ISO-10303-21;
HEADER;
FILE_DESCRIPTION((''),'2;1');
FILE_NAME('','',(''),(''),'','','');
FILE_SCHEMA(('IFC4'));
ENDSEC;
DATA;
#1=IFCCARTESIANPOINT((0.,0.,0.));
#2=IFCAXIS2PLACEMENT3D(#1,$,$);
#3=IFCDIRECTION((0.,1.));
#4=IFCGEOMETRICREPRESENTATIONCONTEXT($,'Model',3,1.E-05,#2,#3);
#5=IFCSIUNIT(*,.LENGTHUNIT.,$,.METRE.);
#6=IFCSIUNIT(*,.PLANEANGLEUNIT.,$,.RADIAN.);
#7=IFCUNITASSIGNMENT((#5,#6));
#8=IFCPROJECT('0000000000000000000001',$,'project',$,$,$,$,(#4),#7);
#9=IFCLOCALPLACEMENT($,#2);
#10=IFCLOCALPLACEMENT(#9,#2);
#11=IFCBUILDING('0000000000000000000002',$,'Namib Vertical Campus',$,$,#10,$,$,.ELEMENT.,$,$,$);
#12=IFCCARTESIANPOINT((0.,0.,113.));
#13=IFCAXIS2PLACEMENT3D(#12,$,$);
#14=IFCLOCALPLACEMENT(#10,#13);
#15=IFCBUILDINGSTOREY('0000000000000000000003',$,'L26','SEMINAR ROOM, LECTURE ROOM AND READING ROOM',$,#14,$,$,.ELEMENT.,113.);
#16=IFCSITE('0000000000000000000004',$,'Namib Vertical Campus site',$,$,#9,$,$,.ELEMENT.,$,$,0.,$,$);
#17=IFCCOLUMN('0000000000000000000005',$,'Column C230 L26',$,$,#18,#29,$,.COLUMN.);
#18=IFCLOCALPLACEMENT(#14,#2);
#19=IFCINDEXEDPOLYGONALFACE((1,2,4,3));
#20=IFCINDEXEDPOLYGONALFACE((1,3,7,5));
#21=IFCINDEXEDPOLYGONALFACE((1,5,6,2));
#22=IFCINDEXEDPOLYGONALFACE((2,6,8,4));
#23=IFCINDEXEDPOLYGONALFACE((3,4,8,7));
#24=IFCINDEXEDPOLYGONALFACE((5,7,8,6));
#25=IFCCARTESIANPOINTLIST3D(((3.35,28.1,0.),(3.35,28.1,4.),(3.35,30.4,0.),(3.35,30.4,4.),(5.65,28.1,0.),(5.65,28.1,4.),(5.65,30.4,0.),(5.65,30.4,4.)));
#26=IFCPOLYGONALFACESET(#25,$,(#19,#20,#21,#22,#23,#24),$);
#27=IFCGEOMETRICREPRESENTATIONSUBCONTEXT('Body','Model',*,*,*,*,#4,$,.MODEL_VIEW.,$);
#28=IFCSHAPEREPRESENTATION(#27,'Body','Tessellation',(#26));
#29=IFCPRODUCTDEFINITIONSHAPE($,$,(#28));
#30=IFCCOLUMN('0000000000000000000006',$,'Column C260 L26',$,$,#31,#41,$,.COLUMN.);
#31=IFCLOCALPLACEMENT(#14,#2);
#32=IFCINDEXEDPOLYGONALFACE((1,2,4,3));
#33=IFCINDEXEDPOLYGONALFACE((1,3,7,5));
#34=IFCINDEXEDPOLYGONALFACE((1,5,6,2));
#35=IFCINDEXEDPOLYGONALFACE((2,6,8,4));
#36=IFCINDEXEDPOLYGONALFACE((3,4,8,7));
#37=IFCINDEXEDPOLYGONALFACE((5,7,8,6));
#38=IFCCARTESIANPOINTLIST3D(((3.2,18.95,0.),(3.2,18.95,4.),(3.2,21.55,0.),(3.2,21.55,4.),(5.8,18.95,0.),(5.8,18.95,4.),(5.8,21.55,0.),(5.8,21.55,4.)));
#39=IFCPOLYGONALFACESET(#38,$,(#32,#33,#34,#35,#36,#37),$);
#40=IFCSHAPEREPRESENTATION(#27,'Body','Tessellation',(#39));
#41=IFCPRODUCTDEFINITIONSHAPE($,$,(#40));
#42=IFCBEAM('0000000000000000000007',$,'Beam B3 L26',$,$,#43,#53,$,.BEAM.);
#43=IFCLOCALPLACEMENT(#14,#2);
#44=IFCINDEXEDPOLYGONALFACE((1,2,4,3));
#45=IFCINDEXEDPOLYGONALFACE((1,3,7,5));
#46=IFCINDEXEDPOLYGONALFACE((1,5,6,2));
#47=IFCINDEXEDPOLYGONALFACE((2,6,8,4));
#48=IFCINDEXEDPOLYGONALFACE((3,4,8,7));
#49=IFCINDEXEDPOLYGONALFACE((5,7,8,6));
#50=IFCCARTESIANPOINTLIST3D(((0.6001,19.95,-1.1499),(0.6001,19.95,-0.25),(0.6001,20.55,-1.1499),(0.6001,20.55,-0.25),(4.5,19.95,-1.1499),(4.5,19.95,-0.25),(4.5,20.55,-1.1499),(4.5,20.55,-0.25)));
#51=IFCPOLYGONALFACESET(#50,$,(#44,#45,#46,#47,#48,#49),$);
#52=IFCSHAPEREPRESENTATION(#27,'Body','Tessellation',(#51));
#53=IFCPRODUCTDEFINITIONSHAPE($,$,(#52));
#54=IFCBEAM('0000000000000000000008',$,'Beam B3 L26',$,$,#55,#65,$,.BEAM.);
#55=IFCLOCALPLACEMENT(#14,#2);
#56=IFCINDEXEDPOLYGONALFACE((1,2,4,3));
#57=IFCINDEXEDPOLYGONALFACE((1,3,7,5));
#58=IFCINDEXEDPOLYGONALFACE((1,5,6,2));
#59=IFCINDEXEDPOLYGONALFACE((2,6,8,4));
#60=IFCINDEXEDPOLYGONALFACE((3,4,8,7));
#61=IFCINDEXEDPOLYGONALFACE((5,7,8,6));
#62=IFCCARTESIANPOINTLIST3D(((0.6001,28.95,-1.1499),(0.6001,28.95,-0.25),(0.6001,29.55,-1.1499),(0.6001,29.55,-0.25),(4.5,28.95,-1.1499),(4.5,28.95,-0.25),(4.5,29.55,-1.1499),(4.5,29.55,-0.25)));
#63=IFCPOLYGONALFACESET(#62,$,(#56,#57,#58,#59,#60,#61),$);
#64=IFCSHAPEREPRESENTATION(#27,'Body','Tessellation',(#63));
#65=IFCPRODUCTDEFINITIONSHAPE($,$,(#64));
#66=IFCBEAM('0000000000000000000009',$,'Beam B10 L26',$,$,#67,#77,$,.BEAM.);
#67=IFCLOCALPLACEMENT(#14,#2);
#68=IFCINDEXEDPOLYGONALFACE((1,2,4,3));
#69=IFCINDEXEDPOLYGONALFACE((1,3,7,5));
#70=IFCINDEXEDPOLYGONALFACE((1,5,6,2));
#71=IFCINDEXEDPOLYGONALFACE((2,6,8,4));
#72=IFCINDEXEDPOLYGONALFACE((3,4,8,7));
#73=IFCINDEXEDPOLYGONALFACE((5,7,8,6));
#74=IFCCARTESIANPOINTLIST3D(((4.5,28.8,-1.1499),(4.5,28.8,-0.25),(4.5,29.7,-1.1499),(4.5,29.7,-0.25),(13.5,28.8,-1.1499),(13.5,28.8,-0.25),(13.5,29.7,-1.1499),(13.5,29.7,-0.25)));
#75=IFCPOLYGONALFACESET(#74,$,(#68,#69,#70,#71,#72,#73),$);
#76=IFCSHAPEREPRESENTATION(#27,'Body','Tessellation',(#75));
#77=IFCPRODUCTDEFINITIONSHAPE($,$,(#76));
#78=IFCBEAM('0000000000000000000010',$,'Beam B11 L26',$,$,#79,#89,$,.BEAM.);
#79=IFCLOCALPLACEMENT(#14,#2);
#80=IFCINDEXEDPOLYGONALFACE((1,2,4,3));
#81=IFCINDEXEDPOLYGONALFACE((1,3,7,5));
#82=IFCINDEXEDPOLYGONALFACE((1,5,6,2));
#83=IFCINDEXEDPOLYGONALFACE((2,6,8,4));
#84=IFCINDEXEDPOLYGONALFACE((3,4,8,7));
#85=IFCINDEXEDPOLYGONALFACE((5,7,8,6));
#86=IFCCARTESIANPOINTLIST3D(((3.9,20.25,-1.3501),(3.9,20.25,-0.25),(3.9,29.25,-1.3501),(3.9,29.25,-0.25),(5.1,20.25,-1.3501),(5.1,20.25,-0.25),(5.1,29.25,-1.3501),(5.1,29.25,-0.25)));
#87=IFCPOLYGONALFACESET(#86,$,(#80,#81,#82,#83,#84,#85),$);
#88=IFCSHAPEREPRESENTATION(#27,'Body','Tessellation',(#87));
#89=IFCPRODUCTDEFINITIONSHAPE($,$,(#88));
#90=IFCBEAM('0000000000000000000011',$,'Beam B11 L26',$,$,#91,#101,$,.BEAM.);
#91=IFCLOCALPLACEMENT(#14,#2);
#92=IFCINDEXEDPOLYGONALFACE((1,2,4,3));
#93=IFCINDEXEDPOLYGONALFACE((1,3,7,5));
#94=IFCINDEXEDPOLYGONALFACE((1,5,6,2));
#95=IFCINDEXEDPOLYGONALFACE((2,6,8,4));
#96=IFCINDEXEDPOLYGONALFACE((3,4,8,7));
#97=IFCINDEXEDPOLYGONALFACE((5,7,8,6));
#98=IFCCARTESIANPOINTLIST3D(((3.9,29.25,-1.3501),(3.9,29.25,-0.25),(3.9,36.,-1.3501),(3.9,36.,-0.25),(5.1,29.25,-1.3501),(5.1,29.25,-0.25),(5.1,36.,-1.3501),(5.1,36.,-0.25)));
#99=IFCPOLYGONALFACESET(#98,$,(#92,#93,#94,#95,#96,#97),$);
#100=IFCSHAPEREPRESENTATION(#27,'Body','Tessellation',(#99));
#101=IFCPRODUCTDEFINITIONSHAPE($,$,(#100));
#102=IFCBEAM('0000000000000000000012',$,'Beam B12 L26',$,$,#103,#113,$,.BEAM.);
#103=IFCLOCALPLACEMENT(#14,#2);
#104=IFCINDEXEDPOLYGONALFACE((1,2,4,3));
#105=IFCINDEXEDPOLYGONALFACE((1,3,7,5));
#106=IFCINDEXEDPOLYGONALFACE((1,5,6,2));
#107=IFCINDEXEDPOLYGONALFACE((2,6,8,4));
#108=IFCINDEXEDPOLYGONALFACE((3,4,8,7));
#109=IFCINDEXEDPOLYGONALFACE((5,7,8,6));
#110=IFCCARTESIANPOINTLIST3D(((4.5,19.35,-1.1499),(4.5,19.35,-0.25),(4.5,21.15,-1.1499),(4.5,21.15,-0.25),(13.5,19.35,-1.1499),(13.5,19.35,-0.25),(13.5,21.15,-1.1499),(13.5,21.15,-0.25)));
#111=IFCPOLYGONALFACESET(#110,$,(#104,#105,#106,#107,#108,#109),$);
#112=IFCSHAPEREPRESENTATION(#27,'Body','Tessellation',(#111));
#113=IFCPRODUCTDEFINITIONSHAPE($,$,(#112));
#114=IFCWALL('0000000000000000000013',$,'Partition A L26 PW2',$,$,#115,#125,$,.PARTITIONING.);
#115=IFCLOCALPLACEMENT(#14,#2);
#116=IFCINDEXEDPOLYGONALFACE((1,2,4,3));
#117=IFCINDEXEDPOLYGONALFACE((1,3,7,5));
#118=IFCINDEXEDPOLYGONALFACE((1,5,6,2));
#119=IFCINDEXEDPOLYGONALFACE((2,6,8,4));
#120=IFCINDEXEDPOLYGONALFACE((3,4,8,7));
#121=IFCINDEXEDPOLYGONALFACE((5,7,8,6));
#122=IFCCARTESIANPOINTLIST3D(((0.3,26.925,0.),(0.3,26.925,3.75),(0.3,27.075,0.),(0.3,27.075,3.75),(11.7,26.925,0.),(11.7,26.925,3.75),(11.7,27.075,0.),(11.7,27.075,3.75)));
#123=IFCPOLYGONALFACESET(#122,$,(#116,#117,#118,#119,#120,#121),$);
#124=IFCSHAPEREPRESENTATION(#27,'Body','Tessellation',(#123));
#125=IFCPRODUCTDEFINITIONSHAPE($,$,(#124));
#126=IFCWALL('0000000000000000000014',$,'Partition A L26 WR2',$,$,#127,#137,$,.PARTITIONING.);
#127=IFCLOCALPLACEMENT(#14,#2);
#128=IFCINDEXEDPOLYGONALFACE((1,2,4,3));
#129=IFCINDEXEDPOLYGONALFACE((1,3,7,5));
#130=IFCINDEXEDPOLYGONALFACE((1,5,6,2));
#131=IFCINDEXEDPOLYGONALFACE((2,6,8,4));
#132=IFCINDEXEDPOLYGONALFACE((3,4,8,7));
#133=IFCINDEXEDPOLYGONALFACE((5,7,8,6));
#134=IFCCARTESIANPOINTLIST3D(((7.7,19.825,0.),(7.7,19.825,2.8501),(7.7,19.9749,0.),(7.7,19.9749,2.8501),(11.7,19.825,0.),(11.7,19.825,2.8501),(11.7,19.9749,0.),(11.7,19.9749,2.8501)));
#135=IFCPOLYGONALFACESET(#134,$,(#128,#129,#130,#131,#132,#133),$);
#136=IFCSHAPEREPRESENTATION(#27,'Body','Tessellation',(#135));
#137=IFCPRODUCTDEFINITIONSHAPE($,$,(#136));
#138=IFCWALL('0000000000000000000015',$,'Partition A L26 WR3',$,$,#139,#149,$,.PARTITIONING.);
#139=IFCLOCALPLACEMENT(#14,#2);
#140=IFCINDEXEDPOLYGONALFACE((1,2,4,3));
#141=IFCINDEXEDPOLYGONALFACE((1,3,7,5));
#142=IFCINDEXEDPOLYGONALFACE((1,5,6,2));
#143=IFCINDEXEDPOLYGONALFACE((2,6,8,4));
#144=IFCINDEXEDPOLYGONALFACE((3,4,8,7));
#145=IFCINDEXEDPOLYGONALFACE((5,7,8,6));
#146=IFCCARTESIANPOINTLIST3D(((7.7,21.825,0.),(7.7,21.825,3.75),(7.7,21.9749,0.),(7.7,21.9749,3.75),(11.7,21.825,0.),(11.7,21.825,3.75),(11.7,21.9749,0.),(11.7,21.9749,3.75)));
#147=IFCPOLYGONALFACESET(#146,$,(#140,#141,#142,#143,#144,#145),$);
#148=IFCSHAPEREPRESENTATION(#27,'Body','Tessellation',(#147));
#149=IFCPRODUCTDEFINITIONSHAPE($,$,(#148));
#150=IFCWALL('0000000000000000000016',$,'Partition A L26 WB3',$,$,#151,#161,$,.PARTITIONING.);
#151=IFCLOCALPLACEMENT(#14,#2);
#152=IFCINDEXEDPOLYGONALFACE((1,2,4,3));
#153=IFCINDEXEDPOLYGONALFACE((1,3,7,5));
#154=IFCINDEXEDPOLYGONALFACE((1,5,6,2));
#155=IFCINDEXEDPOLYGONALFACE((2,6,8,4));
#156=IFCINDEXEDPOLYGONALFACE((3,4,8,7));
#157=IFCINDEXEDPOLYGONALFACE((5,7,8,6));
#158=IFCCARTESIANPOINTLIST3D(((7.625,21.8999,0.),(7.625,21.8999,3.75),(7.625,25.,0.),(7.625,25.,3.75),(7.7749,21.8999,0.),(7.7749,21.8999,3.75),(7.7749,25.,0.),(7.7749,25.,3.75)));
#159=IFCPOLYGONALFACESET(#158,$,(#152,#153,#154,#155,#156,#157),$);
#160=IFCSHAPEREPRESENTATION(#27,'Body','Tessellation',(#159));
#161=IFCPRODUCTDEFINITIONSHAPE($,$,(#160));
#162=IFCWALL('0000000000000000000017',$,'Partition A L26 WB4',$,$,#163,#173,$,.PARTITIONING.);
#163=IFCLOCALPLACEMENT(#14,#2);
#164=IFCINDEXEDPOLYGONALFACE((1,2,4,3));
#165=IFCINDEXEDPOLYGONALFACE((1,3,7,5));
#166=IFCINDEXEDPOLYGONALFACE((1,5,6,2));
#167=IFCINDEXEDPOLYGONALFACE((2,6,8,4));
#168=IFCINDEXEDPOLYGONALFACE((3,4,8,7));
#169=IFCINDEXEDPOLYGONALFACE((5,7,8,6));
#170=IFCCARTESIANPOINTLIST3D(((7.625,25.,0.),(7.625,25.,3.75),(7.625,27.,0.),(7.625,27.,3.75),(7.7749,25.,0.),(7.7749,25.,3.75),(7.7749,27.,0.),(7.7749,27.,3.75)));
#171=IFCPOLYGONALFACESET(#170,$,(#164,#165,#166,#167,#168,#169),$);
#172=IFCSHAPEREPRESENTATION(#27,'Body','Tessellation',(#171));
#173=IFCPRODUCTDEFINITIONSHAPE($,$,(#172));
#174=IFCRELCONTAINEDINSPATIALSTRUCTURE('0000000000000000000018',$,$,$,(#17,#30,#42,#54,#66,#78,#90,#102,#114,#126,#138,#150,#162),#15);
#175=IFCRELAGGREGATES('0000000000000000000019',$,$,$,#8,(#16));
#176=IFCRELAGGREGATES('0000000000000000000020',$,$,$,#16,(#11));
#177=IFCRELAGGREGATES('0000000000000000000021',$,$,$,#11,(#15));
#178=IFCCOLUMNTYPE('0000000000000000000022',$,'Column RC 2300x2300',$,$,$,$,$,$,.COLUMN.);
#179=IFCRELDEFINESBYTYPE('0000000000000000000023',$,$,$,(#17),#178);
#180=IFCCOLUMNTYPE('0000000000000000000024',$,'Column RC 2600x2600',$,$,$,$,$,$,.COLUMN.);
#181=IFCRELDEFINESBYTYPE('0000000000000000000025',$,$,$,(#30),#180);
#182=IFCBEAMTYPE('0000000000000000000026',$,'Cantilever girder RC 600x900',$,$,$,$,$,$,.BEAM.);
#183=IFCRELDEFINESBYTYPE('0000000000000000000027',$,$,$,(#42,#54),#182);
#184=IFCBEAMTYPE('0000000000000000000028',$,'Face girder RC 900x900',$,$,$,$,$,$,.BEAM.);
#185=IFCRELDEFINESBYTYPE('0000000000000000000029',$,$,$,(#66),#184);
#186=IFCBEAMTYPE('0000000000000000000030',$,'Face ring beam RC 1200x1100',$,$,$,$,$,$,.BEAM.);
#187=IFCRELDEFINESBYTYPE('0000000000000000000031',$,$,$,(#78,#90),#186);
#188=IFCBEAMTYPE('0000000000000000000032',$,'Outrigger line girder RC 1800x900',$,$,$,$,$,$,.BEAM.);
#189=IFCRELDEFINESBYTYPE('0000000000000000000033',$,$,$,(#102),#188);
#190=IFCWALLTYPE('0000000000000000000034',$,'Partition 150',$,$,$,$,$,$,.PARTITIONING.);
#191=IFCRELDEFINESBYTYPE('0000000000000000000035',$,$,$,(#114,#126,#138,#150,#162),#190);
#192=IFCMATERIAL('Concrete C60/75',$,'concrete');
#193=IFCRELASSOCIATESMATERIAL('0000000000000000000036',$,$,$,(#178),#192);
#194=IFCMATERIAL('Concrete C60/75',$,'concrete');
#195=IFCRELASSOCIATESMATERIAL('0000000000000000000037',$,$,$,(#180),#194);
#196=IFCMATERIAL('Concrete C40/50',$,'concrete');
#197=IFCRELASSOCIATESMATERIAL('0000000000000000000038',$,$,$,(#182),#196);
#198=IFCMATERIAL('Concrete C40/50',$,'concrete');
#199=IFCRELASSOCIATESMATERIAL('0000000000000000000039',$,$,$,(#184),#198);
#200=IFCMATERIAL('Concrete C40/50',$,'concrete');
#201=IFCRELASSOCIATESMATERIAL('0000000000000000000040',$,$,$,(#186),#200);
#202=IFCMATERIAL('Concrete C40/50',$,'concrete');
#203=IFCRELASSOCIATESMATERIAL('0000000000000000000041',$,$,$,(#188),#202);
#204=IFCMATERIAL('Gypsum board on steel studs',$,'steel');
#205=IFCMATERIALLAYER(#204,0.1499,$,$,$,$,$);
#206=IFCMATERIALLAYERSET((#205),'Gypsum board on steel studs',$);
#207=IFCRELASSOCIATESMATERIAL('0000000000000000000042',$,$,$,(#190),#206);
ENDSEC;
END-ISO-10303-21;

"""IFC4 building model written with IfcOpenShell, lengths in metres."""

from ifc_helpers import new_model, si_unit, direction, frame, frame_2d, origin, origin_2d, place, context, subcontext, project, spatial, rectangle, extrude, material, layer, layer_set, material_profile, profile_set, type_object, element, save


model = new_model("IFC4")

# Units and contexts
model_context = context("Model", 3, precision=1e-05, world=origin(), true_north=direction((0.0, 1.0)))
body_context = subcontext(model_context, "Body", "Model", "MODEL_VIEW")
ifc_project = project(units=[si_unit("LENGTHUNIT", "METRE"), si_unit("PLANEANGLEUNIT", "RADIAN")], contexts=[model_context])

# Site, building, storey
site_placement = place(None, origin())
site = spatial("IfcSite", under=ifc_project, at=site_placement, Name="Namib Vertical Campus site", CompositionType="ELEMENT", RefElevation=0.0)
building_placement = place(site_placement, origin())
building = spatial("IfcBuilding", under=site, at=building_placement, Name="Namib Vertical Campus", CompositionType="ELEMENT")
storey_placement = place(building_placement, frame((0.0, 0.0, 113.0)))
storey = spatial("IfcBuildingStorey", under=building, at=storey_placement, Name="L26", Description="SEMINAR ROOM, LECTURE ROOM AND READING ROOM", CompositionType="ELEMENT", Elevation=113.0)

# Columns
ifc_material_1 = material(Name="Concrete C60/75", Category="concrete")
ifc_material_profile_1 = material_profile(ifc_material_1, rectangle(XDim=2.3, YDim=2.3, at=origin_2d()))
ifc_profile_set_1 = profile_set([ifc_material_profile_1], Name="Concrete C60/75")
column_type_1 = type_object("IfcColumnType", Name="Column RC 2300x2300", PredefinedType="COLUMN", material=ifc_profile_set_1)
column_1_placement = place(storey_placement, frame((4.5, 29.25, 0.0), z_axis=(0.0, 0.0, 1.0), x_axis=(1.0, 0.0, 0.0)))
element("IfcColumn", 1, at=column_1_placement, inside=storey, type_object=column_type_1, Name="Column C230 L26", PredefinedType="COLUMN", context=body_context, shape_type="SweptSolid", body=[
    extrude(rectangle(XDim=2.3, YDim=2.3, at=origin_2d()), origin(), (0.0, 0.0, 1.0), 4.0),
])
ifc_material_2 = material(Name="Concrete C60/75", Category="concrete")
ifc_material_profile_2 = material_profile(ifc_material_2, rectangle(XDim=2.6001, YDim=2.6001, at=origin_2d()))
ifc_profile_set_2 = profile_set([ifc_material_profile_2], Name="Concrete C60/75")
column_type_2 = type_object("IfcColumnType", Name="Column RC 2600x2600", PredefinedType="COLUMN", material=ifc_profile_set_2)
column_2_placement = place(storey_placement, frame((4.5, 20.25, 0.0), z_axis=(0.0, 0.0, 1.0), x_axis=(1.0, 0.0, 0.0)))
element("IfcColumn", 2, at=column_2_placement, inside=storey, type_object=column_type_2, Name="Column C260 L26", PredefinedType="COLUMN", context=body_context, shape_type="SweptSolid", body=[
    extrude(rectangle(XDim=2.6001, YDim=2.6001, at=origin_2d()), origin(), (0.0, 0.0, 1.0), 4.0),
])

# Beams
ifc_material_3 = material(Name="Concrete C40/50", Category="concrete")
ifc_material_profile_3 = material_profile(ifc_material_3, rectangle(XDim=0.6001, YDim=0.8999, at=origin_2d()))
ifc_profile_set_3 = profile_set([ifc_material_profile_3], Name="Concrete C40/50")
beam_type_1 = type_object("IfcBeamType", Name="Cantilever girder RC 600x900", PredefinedType="BEAM", material=ifc_profile_set_3)
for number, where, z_axis, x_axis, name in (
    (3, (4.5, 20.25, -0.7), (-1.0, 0.0, 0.0), (0.0, -1.0, 0.0), "Beam B3 L26"),
    (4, (4.5, 29.25, -0.7), (-1.0, 0.0, 0.0), (0.0, -1.0, 0.0), "Beam B3 L26"),
):
    element("IfcBeam", number, at=place(storey_placement, frame(where, z_axis=z_axis, x_axis=x_axis)), inside=storey, type_object=beam_type_1, Name=name, PredefinedType="BEAM", context=body_context, shape_type="SweptSolid", body=[
        extrude(rectangle(XDim=0.6001, YDim=0.8999, at=origin_2d()), origin(), (0.0, 0.0, 1.0), 3.8999),
    ])
ifc_material_4 = material(Name="Concrete C40/50", Category="concrete")
ifc_material_profile_4 = material_profile(ifc_material_4, rectangle(XDim=0.8999, YDim=0.8999, at=origin_2d()))
ifc_profile_set_4 = profile_set([ifc_material_profile_4], Name="Concrete C40/50")
beam_type_2 = type_object("IfcBeamType", Name="Face girder RC 900x900", PredefinedType="BEAM", material=ifc_profile_set_4)
beam_1_placement = place(storey_placement, frame((4.5, 29.25, -0.7), z_axis=(1.0, 0.0, 0.0), x_axis=(0.0, 1.0, 0.0)))
element("IfcBeam", 5, at=beam_1_placement, inside=storey, type_object=beam_type_2, Name="Beam B10 L26", PredefinedType="BEAM", context=body_context, shape_type="SweptSolid", body=[
    extrude(rectangle(XDim=0.8999, YDim=0.8999, at=origin_2d()), origin(), (0.0, 0.0, 1.0), 9.0),
])
ifc_material_5 = material(Name="Concrete C40/50", Category="concrete")
ifc_material_profile_5 = material_profile(ifc_material_5, rectangle(XDim=1.2, YDim=1.1001, at=origin_2d()))
ifc_profile_set_5 = profile_set([ifc_material_profile_5], Name="Concrete C40/50")
beam_type_3 = type_object("IfcBeamType", Name="Face ring beam RC 1200x1100", PredefinedType="BEAM", material=ifc_profile_set_5)
beam_2_placement = place(storey_placement, frame((4.5, 20.25, -0.8), z_axis=(0.0, 1.0, 0.0), x_axis=(-1.0, 0.0, 0.0)))
element("IfcBeam", 6, at=beam_2_placement, inside=storey, type_object=beam_type_3, Name="Beam B11 L26", PredefinedType="BEAM", context=body_context, shape_type="SweptSolid", body=[
    extrude(rectangle(XDim=1.2, YDim=1.1001, at=origin_2d()), origin(), (0.0, 0.0, 1.0), 9.0),
])
beam_3_placement = place(storey_placement, frame((4.5, 29.25, -0.8), z_axis=(0.0, 1.0, 0.0), x_axis=(-1.0, 0.0, 0.0)))
element("IfcBeam", 7, at=beam_3_placement, inside=storey, type_object=beam_type_3, Name="Beam B11 L26", PredefinedType="BEAM", context=body_context, shape_type="SweptSolid", body=[
    extrude(rectangle(XDim=1.2, YDim=1.1001, at=origin_2d()), origin(), (0.0, 0.0, 1.0), 6.75),
])
ifc_material_6 = material(Name="Concrete C40/50", Category="concrete")
ifc_material_profile_6 = material_profile(ifc_material_6, rectangle(XDim=1.8, YDim=0.8999, at=origin_2d()))
ifc_profile_set_6 = profile_set([ifc_material_profile_6], Name="Concrete C40/50")
beam_type_4 = type_object("IfcBeamType", Name="Outrigger line girder RC 1800x900", PredefinedType="BEAM", material=ifc_profile_set_6)
beam_4_placement = place(storey_placement, frame((4.5, 20.25, -0.7), z_axis=(1.0, 0.0, 0.0), x_axis=(0.0, 1.0, 0.0)))
element("IfcBeam", 8, at=beam_4_placement, inside=storey, type_object=beam_type_4, Name="Beam B12 L26", PredefinedType="BEAM", context=body_context, shape_type="SweptSolid", body=[
    extrude(rectangle(XDim=1.8, YDim=0.8999, at=origin_2d()), origin(), (0.0, 0.0, 1.0), 9.0),
])

# Walls
ifc_material_7 = material(Name="Gypsum board on steel studs", Category="steel")
ifc_layer_1 = layer(ifc_material_7, 0.1499)
ifc_layer_set_1 = layer_set([ifc_layer_1], Name="Gypsum board on steel studs")
wall_type = type_object("IfcWallType", Name="Partition 150", PredefinedType="PARTITIONING", material=ifc_layer_set_1)
wall_1_placement = place(storey_placement, frame((0.3, 27.0, 0.0), z_axis=(0.0, 0.0, 1.0), x_axis=(1.0, 0.0, 0.0)))
element("IfcWall", 9, at=wall_1_placement, inside=storey, type_object=wall_type, Name="Partition A L26 PW2", PredefinedType="PARTITIONING", context=body_context, shape_type="SweptSolid", body=[
    extrude(rectangle(XDim=11.3999, YDim=0.1499, at=frame_2d((5.7, 0.0))), origin(), (0.0, 0.0, 1.0), 3.75),
])
wall_2_placement = place(storey_placement, frame((11.7, 19.8999, 0.0), z_axis=(0.0, 0.0, 1.0), x_axis=(-1.0, 0.0, 0.0)))
element("IfcWall", 10, at=wall_2_placement, inside=storey, type_object=wall_type, Name="Partition A L26 WR2", PredefinedType="PARTITIONING", context=body_context, shape_type="SweptSolid", body=[
    extrude(rectangle(XDim=4.0, YDim=0.1499, at=frame_2d((2.0, 0.0))), origin(), (0.0, 0.0, 1.0), 2.8501),
])
wall_3_placement = place(storey_placement, frame((11.7, 21.8999, 0.0), z_axis=(0.0, 0.0, 1.0), x_axis=(-1.0, 0.0, 0.0)))
element("IfcWall", 11, at=wall_3_placement, inside=storey, type_object=wall_type, Name="Partition A L26 WR3", PredefinedType="PARTITIONING", context=body_context, shape_type="SweptSolid", body=[
    extrude(rectangle(XDim=4.0, YDim=0.1499, at=frame_2d((2.0, 0.0))), origin(), (0.0, 0.0, 1.0), 3.75),
])
wall_4_placement = place(storey_placement, frame((7.7, 21.8999, 0.0), z_axis=(0.0, 0.0, 1.0), x_axis=(0.0, 1.0, 0.0)))
element("IfcWall", 12, at=wall_4_placement, inside=storey, type_object=wall_type, Name="Partition A L26 WB3", PredefinedType="PARTITIONING", context=body_context, shape_type="SweptSolid", body=[
    extrude(rectangle(XDim=3.1001, YDim=0.1499, at=frame_2d((1.55, 0.0))), origin(), (0.0, 0.0, 1.0), 3.75),
])
wall_5_placement = place(storey_placement, frame((7.7, 25.0, 0.0), z_axis=(0.0, 0.0, 1.0), x_axis=(0.0, 1.0, 0.0)))
element("IfcWall", 13, at=wall_5_placement, inside=storey, type_object=wall_type, Name="Partition A L26 WB4", PredefinedType="PARTITIONING", context=body_context, shape_type="SweptSolid", body=[
    extrude(rectangle(XDim=2.0, YDim=0.1499, at=frame_2d((1.0, 0.0))), origin(), (0.0, 0.0, 1.0), 3.75),
])

save(model, "model.ifc")
